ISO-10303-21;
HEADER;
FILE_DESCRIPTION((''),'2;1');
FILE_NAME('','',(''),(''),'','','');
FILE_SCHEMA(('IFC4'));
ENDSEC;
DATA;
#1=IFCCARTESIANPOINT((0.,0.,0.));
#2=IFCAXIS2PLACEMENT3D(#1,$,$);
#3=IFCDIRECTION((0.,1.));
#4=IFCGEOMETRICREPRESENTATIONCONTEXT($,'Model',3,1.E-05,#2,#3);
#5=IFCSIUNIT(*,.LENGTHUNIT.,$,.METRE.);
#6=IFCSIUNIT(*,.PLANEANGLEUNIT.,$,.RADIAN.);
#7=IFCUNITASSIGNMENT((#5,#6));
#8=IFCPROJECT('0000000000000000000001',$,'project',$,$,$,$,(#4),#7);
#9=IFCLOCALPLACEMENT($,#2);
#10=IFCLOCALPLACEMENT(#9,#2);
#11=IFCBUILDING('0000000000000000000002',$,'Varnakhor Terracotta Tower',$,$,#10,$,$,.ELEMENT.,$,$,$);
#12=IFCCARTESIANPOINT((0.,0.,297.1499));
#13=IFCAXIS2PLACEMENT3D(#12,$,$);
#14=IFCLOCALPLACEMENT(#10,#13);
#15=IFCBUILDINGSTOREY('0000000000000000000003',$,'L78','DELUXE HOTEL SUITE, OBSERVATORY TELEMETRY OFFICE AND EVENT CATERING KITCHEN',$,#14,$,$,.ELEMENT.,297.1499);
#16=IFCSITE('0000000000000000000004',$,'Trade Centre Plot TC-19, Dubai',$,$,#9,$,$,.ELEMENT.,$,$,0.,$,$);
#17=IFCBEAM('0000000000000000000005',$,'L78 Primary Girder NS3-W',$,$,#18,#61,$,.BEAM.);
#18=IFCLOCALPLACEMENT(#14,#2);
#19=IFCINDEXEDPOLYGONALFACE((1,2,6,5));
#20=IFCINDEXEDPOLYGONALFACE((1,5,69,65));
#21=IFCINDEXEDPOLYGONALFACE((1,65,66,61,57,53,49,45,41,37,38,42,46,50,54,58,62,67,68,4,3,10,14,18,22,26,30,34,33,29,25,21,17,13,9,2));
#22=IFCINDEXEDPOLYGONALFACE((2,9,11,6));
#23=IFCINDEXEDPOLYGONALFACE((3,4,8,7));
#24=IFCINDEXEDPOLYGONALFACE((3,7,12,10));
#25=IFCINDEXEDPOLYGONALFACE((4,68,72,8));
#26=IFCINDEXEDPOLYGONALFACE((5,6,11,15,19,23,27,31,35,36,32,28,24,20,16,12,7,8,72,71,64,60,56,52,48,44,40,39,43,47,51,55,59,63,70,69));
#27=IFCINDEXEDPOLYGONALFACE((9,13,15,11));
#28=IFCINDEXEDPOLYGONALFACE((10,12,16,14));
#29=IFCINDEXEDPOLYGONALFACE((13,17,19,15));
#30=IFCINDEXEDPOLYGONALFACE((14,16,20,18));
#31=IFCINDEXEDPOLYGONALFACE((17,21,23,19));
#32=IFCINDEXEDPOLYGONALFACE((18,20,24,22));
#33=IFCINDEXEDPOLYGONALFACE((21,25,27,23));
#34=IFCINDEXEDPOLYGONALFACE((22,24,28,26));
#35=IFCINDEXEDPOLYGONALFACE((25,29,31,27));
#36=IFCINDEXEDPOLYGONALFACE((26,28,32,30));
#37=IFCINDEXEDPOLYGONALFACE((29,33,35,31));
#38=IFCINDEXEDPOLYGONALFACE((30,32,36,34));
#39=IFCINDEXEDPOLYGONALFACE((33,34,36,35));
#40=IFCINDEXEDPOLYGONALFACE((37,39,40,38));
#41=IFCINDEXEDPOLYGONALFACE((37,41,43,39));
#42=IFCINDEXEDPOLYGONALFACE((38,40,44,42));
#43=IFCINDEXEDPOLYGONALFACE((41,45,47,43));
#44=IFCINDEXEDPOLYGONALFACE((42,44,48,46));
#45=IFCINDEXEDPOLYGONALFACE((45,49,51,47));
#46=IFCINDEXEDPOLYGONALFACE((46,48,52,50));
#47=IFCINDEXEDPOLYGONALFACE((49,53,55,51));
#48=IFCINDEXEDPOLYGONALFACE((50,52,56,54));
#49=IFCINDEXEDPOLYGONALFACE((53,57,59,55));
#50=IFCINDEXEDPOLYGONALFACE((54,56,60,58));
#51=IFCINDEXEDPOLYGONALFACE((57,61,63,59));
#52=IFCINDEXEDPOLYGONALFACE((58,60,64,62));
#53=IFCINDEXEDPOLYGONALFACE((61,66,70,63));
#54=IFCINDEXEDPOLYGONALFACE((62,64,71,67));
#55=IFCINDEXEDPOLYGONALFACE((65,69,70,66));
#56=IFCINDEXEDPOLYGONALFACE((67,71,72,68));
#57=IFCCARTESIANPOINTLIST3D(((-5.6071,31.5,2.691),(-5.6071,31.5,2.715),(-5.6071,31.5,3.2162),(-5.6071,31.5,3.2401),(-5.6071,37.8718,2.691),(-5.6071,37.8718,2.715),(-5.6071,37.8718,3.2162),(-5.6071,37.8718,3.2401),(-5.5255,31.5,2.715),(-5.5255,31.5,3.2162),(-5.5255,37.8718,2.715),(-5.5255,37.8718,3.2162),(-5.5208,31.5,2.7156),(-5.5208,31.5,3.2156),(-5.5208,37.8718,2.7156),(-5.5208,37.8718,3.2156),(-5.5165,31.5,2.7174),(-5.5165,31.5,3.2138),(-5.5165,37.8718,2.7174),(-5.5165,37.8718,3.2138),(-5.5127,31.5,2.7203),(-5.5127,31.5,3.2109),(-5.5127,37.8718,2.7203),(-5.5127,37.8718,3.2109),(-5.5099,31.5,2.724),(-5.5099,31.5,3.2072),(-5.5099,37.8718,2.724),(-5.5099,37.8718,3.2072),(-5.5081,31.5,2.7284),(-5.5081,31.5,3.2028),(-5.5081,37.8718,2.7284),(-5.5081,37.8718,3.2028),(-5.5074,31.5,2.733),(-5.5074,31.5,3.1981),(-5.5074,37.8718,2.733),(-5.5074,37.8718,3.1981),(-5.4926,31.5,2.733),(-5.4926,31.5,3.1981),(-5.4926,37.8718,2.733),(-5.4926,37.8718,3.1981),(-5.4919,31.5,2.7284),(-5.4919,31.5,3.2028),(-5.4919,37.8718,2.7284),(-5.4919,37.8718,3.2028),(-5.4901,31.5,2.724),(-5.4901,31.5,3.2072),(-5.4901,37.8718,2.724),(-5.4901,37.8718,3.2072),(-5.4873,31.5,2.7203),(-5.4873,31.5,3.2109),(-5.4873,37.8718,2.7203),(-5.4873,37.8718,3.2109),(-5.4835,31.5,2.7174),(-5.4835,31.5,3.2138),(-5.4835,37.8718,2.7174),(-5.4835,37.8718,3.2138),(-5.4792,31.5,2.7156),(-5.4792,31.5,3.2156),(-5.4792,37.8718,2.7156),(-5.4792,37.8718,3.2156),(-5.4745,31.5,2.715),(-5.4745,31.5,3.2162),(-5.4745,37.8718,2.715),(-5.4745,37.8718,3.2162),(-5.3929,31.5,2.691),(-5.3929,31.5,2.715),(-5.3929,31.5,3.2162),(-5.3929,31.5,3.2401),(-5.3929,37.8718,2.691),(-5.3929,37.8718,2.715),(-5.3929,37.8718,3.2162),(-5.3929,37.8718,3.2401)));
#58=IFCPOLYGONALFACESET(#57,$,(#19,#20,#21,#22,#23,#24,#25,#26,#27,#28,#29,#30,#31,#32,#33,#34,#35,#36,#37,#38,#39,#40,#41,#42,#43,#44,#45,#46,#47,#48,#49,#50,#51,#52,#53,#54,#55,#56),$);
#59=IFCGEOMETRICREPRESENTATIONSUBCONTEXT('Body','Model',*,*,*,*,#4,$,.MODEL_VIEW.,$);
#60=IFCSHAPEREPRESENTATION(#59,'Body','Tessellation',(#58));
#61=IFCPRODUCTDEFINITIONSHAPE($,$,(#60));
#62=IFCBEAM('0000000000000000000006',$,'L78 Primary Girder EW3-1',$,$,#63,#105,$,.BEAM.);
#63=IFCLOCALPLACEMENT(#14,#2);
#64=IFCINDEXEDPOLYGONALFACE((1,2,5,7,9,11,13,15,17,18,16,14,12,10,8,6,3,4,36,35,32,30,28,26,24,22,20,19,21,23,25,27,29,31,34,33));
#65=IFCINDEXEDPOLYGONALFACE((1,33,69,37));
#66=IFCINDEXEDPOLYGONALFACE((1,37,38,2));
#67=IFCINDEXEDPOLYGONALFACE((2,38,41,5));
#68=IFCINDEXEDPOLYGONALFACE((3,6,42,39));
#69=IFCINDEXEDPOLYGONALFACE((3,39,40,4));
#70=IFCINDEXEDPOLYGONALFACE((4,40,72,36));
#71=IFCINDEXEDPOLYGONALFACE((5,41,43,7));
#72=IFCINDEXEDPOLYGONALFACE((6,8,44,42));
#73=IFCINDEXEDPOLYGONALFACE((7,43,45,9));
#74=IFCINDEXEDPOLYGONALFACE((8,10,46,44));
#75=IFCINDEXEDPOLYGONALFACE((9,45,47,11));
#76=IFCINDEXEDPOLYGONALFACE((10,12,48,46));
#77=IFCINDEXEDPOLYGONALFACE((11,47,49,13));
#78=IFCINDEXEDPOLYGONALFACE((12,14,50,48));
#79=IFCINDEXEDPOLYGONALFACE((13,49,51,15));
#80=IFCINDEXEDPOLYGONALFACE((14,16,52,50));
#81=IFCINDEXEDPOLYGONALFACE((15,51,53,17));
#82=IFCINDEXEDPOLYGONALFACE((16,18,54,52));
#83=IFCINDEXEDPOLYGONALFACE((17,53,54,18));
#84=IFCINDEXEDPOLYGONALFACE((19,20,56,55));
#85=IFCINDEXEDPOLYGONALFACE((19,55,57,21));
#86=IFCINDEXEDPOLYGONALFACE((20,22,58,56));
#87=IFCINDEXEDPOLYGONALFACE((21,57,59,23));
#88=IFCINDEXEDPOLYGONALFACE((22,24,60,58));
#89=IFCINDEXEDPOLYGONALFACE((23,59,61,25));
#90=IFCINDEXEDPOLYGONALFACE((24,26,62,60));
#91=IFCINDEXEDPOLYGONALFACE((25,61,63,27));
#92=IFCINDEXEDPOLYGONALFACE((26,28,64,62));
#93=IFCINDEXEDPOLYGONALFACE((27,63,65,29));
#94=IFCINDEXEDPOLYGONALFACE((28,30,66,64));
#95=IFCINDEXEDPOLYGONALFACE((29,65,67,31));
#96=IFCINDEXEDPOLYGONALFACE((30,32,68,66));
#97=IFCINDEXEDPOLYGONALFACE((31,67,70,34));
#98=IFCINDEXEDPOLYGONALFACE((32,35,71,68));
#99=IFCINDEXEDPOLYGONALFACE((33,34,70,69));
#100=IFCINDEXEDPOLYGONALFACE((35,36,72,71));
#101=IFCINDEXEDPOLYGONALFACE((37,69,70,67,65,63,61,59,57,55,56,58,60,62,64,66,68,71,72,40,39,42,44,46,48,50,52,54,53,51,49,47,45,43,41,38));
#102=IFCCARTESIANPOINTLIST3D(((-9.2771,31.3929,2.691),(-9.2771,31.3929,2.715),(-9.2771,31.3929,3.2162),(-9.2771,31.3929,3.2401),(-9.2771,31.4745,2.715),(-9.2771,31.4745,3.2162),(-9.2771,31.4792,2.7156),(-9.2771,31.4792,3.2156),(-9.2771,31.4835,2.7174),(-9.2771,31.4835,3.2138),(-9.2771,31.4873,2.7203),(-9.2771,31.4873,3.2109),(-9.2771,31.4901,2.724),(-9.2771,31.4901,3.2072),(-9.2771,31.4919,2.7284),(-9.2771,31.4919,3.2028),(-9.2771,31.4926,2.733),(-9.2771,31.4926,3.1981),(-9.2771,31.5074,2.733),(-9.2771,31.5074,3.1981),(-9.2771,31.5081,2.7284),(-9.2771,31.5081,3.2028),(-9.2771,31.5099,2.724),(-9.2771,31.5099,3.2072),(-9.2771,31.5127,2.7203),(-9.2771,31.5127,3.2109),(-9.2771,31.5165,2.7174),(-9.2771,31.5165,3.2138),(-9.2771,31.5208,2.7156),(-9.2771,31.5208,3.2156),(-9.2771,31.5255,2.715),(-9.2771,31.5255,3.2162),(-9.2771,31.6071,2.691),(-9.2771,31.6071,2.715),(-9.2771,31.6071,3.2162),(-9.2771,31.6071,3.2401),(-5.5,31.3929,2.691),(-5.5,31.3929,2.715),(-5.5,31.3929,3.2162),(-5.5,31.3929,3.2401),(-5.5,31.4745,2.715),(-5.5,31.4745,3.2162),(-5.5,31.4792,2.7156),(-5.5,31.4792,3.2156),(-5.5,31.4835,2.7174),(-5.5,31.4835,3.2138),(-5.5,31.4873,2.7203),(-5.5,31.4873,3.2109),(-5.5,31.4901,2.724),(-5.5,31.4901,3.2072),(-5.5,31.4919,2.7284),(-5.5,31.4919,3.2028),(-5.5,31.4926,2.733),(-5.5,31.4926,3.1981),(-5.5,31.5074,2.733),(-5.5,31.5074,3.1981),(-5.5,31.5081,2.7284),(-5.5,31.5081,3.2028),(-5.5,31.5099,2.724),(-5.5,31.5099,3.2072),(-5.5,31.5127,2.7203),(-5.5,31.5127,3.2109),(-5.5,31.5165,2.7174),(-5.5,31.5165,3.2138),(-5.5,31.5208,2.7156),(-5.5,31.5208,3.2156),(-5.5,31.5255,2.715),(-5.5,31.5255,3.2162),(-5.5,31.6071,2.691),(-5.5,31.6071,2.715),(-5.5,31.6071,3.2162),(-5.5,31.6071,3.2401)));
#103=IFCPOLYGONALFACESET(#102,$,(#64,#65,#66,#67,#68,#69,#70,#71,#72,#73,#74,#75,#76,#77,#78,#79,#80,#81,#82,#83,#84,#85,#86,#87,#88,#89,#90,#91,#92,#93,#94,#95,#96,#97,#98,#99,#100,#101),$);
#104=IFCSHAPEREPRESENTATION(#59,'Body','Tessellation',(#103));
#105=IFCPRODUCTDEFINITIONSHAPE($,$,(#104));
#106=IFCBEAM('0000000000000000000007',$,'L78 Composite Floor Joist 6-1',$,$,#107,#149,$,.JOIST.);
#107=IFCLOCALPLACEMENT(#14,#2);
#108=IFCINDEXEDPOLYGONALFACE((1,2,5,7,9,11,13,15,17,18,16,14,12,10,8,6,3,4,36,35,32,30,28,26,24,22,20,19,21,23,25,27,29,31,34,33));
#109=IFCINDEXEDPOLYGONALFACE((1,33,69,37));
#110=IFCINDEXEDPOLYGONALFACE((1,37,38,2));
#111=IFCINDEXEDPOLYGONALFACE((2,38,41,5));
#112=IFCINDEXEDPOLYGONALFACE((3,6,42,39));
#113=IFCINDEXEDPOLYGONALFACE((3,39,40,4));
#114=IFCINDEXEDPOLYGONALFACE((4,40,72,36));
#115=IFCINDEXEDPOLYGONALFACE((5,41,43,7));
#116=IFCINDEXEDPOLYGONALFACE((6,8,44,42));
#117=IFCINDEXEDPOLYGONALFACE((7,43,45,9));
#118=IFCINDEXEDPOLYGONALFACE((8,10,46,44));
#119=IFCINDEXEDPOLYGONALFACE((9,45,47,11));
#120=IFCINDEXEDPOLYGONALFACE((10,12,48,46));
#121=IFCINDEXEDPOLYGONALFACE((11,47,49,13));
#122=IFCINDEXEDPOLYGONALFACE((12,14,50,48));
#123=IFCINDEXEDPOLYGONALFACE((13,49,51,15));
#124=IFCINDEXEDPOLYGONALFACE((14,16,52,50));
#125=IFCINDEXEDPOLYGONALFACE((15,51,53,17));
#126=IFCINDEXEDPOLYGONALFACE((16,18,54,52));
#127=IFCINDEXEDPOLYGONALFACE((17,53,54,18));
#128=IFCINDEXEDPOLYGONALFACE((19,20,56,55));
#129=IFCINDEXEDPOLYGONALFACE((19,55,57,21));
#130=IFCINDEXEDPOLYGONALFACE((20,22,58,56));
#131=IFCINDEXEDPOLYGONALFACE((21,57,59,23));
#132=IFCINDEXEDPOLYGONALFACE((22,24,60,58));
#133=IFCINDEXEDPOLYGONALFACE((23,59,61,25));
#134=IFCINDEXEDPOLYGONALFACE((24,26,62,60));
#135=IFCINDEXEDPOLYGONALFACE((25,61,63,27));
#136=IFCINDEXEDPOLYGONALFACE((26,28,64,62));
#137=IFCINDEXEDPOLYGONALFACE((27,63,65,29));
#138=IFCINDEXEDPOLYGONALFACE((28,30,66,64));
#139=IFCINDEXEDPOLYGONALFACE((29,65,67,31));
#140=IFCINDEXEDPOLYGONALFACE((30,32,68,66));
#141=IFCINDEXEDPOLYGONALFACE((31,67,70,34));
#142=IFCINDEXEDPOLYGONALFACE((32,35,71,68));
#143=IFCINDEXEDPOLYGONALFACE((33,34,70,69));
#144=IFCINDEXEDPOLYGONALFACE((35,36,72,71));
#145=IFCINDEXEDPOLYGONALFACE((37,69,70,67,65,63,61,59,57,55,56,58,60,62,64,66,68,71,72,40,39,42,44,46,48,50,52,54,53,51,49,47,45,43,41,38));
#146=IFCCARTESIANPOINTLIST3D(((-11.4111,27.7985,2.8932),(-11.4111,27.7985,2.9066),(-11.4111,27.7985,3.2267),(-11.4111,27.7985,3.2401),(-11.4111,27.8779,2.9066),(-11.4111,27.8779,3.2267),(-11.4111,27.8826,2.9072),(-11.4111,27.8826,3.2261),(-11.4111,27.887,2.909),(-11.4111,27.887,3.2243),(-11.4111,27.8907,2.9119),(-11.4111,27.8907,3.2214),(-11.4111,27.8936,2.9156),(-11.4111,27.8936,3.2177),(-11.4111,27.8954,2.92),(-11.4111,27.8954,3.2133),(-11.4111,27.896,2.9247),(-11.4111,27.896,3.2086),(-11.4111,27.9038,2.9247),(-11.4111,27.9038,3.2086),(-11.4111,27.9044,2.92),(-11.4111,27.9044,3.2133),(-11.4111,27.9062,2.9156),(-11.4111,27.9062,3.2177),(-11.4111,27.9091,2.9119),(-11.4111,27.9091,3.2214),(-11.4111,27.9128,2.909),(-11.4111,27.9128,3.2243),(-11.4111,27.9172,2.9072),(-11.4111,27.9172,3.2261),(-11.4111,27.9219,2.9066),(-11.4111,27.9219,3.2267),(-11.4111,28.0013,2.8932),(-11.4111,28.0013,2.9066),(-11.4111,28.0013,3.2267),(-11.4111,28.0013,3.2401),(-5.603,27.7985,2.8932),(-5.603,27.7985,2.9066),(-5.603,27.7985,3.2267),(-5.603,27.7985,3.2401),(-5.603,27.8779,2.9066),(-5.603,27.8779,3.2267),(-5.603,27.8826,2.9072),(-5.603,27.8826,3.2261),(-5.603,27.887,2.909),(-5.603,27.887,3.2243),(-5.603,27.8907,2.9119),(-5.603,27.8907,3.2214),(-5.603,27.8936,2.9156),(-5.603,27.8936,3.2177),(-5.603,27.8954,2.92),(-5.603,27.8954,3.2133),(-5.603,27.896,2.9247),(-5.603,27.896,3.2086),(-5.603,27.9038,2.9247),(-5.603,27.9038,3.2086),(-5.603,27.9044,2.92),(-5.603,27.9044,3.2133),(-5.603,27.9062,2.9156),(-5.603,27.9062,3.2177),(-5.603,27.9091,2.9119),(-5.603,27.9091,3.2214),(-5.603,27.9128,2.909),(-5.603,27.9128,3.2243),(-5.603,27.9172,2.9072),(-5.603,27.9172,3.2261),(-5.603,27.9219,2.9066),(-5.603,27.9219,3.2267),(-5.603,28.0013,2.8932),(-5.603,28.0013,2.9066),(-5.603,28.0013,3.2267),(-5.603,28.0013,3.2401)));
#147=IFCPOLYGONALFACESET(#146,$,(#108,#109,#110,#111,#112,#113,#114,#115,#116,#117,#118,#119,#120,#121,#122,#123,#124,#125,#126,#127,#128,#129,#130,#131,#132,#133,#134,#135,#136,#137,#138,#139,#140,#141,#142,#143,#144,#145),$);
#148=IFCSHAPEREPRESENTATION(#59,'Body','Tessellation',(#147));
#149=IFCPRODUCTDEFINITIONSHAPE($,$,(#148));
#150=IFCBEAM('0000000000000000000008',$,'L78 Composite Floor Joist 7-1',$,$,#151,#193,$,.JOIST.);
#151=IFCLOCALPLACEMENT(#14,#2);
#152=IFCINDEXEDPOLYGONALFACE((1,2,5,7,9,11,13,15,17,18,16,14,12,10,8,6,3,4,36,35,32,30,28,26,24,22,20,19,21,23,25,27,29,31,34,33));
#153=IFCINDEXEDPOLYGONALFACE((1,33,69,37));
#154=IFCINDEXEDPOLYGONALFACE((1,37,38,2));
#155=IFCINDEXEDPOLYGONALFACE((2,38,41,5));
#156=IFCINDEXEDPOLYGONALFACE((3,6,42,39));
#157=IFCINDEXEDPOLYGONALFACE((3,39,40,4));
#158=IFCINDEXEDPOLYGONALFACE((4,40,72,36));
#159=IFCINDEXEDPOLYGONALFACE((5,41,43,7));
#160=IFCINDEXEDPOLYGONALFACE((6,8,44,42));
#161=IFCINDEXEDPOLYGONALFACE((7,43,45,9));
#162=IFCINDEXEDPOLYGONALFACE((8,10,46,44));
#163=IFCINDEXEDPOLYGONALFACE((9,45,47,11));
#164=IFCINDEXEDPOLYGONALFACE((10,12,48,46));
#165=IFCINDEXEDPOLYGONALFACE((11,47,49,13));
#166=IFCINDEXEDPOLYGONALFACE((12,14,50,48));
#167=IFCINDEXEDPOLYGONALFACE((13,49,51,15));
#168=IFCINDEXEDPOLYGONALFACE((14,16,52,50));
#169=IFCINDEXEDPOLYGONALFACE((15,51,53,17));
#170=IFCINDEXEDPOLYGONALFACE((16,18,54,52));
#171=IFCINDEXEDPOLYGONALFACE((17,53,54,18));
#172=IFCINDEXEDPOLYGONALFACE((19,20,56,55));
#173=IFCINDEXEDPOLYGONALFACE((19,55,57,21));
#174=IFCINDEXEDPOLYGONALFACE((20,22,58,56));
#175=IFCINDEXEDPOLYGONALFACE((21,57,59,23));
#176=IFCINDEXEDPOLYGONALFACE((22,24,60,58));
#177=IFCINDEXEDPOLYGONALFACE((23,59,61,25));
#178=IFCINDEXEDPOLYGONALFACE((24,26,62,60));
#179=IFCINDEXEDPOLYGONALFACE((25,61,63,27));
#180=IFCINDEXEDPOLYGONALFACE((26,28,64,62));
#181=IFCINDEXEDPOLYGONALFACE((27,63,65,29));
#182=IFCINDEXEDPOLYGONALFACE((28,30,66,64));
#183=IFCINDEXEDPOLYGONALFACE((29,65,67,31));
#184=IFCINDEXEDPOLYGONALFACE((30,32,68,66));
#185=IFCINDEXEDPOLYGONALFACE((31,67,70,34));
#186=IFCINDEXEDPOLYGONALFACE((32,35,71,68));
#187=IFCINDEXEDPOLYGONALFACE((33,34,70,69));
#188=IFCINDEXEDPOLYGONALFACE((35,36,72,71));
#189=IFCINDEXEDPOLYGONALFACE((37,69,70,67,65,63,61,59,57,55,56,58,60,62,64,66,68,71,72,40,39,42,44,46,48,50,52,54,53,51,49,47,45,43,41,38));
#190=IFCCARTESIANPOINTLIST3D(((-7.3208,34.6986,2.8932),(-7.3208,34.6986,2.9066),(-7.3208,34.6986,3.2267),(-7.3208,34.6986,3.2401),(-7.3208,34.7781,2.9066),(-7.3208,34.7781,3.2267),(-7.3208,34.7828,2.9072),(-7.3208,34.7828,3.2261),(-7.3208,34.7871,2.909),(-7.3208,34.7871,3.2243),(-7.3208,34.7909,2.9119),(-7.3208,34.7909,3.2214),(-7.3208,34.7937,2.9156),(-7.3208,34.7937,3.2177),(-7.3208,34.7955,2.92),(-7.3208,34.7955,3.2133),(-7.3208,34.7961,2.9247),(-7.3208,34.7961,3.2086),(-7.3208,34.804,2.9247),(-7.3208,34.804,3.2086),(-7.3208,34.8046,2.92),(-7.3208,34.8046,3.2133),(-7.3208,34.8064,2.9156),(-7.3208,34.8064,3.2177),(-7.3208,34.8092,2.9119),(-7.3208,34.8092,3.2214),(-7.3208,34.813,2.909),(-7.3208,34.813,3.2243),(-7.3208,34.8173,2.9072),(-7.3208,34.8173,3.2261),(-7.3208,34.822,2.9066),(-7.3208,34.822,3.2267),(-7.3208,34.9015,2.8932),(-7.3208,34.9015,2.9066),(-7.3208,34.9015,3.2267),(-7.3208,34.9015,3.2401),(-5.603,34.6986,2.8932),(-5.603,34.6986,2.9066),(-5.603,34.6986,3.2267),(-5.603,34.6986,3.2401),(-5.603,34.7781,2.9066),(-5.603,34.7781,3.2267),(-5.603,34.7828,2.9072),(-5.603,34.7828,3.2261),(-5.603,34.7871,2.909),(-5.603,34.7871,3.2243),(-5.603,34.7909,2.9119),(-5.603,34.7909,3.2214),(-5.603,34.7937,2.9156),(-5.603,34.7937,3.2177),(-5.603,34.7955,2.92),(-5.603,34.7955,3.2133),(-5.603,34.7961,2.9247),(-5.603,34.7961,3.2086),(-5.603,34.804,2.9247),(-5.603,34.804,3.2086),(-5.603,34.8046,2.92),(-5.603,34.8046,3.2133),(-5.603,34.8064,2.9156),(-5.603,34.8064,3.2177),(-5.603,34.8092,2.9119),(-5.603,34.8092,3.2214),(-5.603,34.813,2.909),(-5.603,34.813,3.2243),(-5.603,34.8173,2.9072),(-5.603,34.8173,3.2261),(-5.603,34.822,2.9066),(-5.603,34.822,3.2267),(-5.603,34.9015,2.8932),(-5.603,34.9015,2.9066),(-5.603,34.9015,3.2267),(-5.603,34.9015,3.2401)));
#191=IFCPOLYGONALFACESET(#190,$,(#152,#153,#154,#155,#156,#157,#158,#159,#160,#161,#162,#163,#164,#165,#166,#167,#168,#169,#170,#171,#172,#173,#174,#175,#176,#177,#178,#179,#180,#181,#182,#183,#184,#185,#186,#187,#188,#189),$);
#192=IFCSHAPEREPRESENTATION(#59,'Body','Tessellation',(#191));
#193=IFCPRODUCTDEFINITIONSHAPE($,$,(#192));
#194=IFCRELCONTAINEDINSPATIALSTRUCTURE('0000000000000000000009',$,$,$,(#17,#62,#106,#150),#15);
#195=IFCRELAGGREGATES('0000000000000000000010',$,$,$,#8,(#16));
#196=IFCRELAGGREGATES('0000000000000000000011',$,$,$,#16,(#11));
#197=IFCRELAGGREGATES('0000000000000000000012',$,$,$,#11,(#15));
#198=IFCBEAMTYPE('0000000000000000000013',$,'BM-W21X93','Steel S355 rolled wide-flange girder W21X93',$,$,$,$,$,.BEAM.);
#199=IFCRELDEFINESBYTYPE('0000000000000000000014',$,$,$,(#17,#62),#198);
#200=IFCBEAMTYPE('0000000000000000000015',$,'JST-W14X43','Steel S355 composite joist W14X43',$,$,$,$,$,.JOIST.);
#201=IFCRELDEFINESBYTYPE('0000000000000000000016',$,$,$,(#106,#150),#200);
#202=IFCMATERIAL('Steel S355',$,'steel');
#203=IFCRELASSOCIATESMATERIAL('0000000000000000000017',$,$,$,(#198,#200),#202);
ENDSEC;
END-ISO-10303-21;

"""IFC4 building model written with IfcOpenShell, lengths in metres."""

from ifc_helpers import new_model, si_unit, direction, frame, origin, origin_2d, place, context, subcontext, project, spatial, i_section, extrude, source, transform, mapped, material, material_profile, profile_set, type_object, element, save


model = new_model("IFC4")

# Units and contexts
model_context = context("Model", 3, precision=1e-05, world=origin(), true_north=direction((0.0, 1.0)))
body_context = subcontext(model_context, "Body", "Model", "MODEL_VIEW")
ifc_project = project(units=[si_unit("LENGTHUNIT", "METRE"), si_unit("PLANEANGLEUNIT", "RADIAN")], contexts=[model_context])

# Site, building, storey
site_placement = place(None, origin())
site = spatial("IfcSite", under=ifc_project, at=site_placement, Name="Trade Centre Plot TC-19, Dubai", CompositionType="ELEMENT", RefElevation=0.0)
building_placement = place(site_placement, origin())
building = spatial("IfcBuilding", under=site, at=building_placement, Name="Varnakhor Terracotta Tower", CompositionType="ELEMENT")
storey_placement = place(building_placement, frame((0.0, 0.0, 297.1499)))
storey = spatial("IfcBuildingStorey", under=building, at=storey_placement, Name="L78", Description="DELUXE HOTEL SUITE, OBSERVATORY TELEMETRY OFFICE AND EVENT CATERING KITCHEN", CompositionType="ELEMENT", Elevation=297.1499)

# Beams
ifc_material_1 = material(Name="Steel S355", Category="steel")
ifc_material_profile_1 = material_profile(ifc_material_1, i_section(OverallWidth=0.2141, OverallDepth=0.5491, WebThickness=0.0149, FlangeThickness=0.0239, FilletRadius=0.0181, at=origin_2d()), Name="W21X93")
ifc_profile_set_1 = profile_set([ifc_material_profile_1], Name="Steel S355")
beam_type_1 = type_object("IfcBeamType", Name="BM-W21X93", Description="Steel S355 rolled wide-flange girder W21X93", PredefinedType="BEAM", material=ifc_profile_set_1)
ifc_material_profile_2 = material_profile(ifc_material_1, i_section(OverallWidth=0.2029, OverallDepth=0.3469, WebThickness=0.0078, FlangeThickness=0.0134, FilletRadius=0.0181, at=origin_2d()), Name="W14X43")
ifc_profile_set_2 = profile_set([ifc_material_profile_2], Name="Steel S355")
beam_type_2 = type_object("IfcBeamType", Name="JST-W14X43", Description="Steel S355 composite joist W14X43", PredefinedType="JOIST", material=ifc_profile_set_2)
shared_shape_1 = source(origin(), body_context, "Body", "SweptSolid", [
    extrude(i_section(OverallWidth=0.2141, OverallDepth=0.5491, WebThickness=0.0149, FlangeThickness=0.0239, FilletRadius=0.0181, at=origin_2d()), origin(), (0.0, 0.0, 1.0), 6.3718),
])
beam_1_placement = place(storey_placement, frame((-5.5, 31.5, 2.9656), z_axis=(0.0, 1.0, 0.0), x_axis=(-1.0, 0.0, 0.0)))
element("IfcBeam", 1, at=beam_1_placement, inside=storey, type_object=beam_type_1, Name="L78 Primary Girder NS3-W", PredefinedType="BEAM", context=body_context, shape_type="MappedRepresentation", body=[
    mapped(shared_shape_1, transform((0.0, 0.0, 0.0), scale=1.0)),
])
shared_shape_2 = source(origin(), body_context, "Body", "SweptSolid", [
    extrude(i_section(OverallWidth=0.2141, OverallDepth=0.5491, WebThickness=0.0149, FlangeThickness=0.0239, FilletRadius=0.0181, at=origin_2d()), origin(), (0.0, 0.0, 1.0), 3.7771),
])
beam_2_placement = place(storey_placement, frame((-9.2771, 31.5, 2.9656), z_axis=(1.0, 0.0, 0.0), x_axis=(0.0, 1.0, 0.0)))
element("IfcBeam", 2, at=beam_2_placement, inside=storey, type_object=beam_type_1, Name="L78 Primary Girder EW3-1", PredefinedType="BEAM", context=body_context, shape_type="MappedRepresentation", body=[
    mapped(shared_shape_2, transform((0.0, 0.0, 0.0), scale=1.0)),
])
shared_shape_3 = source(origin(), body_context, "Body", "SweptSolid", [
    extrude(i_section(OverallWidth=0.2029, OverallDepth=0.3469, WebThickness=0.0078, FlangeThickness=0.0134, FilletRadius=0.0181, at=origin_2d()), origin(), (0.0, 0.0, 1.0), 5.8081),
])
beam_3_placement = place(storey_placement, frame((-11.4111, 27.8999, 3.0667), z_axis=(1.0, 0.0, 0.0), x_axis=(0.0, 1.0, 0.0)))
element("IfcBeam", 3, at=beam_3_placement, inside=storey, type_object=beam_type_2, Name="L78 Composite Floor Joist 6-1", PredefinedType="JOIST", context=body_context, shape_type="MappedRepresentation", body=[
    mapped(shared_shape_3, transform((0.0, 0.0, 0.0), scale=1.0)),
])
shared_shape_4 = source(origin(), body_context, "Body", "SweptSolid", [
    extrude(i_section(OverallWidth=0.2029, OverallDepth=0.3469, WebThickness=0.0078, FlangeThickness=0.0134, FilletRadius=0.0181, at=origin_2d()), origin(), (0.0, 0.0, 1.0), 1.7178),
])
beam_4_placement = place(storey_placement, frame((-7.3208, 34.8, 3.0667), z_axis=(1.0, 0.0, 0.0), x_axis=(0.0, 1.0, 0.0)))
element("IfcBeam", 4, at=beam_4_placement, inside=storey, type_object=beam_type_2, Name="L78 Composite Floor Joist 7-1", PredefinedType="JOIST", context=body_context, shape_type="MappedRepresentation", body=[
    mapped(shared_shape_4, transform((0.0, 0.0, 0.0), scale=1.0)),
])

save(model, "model.ifc")
